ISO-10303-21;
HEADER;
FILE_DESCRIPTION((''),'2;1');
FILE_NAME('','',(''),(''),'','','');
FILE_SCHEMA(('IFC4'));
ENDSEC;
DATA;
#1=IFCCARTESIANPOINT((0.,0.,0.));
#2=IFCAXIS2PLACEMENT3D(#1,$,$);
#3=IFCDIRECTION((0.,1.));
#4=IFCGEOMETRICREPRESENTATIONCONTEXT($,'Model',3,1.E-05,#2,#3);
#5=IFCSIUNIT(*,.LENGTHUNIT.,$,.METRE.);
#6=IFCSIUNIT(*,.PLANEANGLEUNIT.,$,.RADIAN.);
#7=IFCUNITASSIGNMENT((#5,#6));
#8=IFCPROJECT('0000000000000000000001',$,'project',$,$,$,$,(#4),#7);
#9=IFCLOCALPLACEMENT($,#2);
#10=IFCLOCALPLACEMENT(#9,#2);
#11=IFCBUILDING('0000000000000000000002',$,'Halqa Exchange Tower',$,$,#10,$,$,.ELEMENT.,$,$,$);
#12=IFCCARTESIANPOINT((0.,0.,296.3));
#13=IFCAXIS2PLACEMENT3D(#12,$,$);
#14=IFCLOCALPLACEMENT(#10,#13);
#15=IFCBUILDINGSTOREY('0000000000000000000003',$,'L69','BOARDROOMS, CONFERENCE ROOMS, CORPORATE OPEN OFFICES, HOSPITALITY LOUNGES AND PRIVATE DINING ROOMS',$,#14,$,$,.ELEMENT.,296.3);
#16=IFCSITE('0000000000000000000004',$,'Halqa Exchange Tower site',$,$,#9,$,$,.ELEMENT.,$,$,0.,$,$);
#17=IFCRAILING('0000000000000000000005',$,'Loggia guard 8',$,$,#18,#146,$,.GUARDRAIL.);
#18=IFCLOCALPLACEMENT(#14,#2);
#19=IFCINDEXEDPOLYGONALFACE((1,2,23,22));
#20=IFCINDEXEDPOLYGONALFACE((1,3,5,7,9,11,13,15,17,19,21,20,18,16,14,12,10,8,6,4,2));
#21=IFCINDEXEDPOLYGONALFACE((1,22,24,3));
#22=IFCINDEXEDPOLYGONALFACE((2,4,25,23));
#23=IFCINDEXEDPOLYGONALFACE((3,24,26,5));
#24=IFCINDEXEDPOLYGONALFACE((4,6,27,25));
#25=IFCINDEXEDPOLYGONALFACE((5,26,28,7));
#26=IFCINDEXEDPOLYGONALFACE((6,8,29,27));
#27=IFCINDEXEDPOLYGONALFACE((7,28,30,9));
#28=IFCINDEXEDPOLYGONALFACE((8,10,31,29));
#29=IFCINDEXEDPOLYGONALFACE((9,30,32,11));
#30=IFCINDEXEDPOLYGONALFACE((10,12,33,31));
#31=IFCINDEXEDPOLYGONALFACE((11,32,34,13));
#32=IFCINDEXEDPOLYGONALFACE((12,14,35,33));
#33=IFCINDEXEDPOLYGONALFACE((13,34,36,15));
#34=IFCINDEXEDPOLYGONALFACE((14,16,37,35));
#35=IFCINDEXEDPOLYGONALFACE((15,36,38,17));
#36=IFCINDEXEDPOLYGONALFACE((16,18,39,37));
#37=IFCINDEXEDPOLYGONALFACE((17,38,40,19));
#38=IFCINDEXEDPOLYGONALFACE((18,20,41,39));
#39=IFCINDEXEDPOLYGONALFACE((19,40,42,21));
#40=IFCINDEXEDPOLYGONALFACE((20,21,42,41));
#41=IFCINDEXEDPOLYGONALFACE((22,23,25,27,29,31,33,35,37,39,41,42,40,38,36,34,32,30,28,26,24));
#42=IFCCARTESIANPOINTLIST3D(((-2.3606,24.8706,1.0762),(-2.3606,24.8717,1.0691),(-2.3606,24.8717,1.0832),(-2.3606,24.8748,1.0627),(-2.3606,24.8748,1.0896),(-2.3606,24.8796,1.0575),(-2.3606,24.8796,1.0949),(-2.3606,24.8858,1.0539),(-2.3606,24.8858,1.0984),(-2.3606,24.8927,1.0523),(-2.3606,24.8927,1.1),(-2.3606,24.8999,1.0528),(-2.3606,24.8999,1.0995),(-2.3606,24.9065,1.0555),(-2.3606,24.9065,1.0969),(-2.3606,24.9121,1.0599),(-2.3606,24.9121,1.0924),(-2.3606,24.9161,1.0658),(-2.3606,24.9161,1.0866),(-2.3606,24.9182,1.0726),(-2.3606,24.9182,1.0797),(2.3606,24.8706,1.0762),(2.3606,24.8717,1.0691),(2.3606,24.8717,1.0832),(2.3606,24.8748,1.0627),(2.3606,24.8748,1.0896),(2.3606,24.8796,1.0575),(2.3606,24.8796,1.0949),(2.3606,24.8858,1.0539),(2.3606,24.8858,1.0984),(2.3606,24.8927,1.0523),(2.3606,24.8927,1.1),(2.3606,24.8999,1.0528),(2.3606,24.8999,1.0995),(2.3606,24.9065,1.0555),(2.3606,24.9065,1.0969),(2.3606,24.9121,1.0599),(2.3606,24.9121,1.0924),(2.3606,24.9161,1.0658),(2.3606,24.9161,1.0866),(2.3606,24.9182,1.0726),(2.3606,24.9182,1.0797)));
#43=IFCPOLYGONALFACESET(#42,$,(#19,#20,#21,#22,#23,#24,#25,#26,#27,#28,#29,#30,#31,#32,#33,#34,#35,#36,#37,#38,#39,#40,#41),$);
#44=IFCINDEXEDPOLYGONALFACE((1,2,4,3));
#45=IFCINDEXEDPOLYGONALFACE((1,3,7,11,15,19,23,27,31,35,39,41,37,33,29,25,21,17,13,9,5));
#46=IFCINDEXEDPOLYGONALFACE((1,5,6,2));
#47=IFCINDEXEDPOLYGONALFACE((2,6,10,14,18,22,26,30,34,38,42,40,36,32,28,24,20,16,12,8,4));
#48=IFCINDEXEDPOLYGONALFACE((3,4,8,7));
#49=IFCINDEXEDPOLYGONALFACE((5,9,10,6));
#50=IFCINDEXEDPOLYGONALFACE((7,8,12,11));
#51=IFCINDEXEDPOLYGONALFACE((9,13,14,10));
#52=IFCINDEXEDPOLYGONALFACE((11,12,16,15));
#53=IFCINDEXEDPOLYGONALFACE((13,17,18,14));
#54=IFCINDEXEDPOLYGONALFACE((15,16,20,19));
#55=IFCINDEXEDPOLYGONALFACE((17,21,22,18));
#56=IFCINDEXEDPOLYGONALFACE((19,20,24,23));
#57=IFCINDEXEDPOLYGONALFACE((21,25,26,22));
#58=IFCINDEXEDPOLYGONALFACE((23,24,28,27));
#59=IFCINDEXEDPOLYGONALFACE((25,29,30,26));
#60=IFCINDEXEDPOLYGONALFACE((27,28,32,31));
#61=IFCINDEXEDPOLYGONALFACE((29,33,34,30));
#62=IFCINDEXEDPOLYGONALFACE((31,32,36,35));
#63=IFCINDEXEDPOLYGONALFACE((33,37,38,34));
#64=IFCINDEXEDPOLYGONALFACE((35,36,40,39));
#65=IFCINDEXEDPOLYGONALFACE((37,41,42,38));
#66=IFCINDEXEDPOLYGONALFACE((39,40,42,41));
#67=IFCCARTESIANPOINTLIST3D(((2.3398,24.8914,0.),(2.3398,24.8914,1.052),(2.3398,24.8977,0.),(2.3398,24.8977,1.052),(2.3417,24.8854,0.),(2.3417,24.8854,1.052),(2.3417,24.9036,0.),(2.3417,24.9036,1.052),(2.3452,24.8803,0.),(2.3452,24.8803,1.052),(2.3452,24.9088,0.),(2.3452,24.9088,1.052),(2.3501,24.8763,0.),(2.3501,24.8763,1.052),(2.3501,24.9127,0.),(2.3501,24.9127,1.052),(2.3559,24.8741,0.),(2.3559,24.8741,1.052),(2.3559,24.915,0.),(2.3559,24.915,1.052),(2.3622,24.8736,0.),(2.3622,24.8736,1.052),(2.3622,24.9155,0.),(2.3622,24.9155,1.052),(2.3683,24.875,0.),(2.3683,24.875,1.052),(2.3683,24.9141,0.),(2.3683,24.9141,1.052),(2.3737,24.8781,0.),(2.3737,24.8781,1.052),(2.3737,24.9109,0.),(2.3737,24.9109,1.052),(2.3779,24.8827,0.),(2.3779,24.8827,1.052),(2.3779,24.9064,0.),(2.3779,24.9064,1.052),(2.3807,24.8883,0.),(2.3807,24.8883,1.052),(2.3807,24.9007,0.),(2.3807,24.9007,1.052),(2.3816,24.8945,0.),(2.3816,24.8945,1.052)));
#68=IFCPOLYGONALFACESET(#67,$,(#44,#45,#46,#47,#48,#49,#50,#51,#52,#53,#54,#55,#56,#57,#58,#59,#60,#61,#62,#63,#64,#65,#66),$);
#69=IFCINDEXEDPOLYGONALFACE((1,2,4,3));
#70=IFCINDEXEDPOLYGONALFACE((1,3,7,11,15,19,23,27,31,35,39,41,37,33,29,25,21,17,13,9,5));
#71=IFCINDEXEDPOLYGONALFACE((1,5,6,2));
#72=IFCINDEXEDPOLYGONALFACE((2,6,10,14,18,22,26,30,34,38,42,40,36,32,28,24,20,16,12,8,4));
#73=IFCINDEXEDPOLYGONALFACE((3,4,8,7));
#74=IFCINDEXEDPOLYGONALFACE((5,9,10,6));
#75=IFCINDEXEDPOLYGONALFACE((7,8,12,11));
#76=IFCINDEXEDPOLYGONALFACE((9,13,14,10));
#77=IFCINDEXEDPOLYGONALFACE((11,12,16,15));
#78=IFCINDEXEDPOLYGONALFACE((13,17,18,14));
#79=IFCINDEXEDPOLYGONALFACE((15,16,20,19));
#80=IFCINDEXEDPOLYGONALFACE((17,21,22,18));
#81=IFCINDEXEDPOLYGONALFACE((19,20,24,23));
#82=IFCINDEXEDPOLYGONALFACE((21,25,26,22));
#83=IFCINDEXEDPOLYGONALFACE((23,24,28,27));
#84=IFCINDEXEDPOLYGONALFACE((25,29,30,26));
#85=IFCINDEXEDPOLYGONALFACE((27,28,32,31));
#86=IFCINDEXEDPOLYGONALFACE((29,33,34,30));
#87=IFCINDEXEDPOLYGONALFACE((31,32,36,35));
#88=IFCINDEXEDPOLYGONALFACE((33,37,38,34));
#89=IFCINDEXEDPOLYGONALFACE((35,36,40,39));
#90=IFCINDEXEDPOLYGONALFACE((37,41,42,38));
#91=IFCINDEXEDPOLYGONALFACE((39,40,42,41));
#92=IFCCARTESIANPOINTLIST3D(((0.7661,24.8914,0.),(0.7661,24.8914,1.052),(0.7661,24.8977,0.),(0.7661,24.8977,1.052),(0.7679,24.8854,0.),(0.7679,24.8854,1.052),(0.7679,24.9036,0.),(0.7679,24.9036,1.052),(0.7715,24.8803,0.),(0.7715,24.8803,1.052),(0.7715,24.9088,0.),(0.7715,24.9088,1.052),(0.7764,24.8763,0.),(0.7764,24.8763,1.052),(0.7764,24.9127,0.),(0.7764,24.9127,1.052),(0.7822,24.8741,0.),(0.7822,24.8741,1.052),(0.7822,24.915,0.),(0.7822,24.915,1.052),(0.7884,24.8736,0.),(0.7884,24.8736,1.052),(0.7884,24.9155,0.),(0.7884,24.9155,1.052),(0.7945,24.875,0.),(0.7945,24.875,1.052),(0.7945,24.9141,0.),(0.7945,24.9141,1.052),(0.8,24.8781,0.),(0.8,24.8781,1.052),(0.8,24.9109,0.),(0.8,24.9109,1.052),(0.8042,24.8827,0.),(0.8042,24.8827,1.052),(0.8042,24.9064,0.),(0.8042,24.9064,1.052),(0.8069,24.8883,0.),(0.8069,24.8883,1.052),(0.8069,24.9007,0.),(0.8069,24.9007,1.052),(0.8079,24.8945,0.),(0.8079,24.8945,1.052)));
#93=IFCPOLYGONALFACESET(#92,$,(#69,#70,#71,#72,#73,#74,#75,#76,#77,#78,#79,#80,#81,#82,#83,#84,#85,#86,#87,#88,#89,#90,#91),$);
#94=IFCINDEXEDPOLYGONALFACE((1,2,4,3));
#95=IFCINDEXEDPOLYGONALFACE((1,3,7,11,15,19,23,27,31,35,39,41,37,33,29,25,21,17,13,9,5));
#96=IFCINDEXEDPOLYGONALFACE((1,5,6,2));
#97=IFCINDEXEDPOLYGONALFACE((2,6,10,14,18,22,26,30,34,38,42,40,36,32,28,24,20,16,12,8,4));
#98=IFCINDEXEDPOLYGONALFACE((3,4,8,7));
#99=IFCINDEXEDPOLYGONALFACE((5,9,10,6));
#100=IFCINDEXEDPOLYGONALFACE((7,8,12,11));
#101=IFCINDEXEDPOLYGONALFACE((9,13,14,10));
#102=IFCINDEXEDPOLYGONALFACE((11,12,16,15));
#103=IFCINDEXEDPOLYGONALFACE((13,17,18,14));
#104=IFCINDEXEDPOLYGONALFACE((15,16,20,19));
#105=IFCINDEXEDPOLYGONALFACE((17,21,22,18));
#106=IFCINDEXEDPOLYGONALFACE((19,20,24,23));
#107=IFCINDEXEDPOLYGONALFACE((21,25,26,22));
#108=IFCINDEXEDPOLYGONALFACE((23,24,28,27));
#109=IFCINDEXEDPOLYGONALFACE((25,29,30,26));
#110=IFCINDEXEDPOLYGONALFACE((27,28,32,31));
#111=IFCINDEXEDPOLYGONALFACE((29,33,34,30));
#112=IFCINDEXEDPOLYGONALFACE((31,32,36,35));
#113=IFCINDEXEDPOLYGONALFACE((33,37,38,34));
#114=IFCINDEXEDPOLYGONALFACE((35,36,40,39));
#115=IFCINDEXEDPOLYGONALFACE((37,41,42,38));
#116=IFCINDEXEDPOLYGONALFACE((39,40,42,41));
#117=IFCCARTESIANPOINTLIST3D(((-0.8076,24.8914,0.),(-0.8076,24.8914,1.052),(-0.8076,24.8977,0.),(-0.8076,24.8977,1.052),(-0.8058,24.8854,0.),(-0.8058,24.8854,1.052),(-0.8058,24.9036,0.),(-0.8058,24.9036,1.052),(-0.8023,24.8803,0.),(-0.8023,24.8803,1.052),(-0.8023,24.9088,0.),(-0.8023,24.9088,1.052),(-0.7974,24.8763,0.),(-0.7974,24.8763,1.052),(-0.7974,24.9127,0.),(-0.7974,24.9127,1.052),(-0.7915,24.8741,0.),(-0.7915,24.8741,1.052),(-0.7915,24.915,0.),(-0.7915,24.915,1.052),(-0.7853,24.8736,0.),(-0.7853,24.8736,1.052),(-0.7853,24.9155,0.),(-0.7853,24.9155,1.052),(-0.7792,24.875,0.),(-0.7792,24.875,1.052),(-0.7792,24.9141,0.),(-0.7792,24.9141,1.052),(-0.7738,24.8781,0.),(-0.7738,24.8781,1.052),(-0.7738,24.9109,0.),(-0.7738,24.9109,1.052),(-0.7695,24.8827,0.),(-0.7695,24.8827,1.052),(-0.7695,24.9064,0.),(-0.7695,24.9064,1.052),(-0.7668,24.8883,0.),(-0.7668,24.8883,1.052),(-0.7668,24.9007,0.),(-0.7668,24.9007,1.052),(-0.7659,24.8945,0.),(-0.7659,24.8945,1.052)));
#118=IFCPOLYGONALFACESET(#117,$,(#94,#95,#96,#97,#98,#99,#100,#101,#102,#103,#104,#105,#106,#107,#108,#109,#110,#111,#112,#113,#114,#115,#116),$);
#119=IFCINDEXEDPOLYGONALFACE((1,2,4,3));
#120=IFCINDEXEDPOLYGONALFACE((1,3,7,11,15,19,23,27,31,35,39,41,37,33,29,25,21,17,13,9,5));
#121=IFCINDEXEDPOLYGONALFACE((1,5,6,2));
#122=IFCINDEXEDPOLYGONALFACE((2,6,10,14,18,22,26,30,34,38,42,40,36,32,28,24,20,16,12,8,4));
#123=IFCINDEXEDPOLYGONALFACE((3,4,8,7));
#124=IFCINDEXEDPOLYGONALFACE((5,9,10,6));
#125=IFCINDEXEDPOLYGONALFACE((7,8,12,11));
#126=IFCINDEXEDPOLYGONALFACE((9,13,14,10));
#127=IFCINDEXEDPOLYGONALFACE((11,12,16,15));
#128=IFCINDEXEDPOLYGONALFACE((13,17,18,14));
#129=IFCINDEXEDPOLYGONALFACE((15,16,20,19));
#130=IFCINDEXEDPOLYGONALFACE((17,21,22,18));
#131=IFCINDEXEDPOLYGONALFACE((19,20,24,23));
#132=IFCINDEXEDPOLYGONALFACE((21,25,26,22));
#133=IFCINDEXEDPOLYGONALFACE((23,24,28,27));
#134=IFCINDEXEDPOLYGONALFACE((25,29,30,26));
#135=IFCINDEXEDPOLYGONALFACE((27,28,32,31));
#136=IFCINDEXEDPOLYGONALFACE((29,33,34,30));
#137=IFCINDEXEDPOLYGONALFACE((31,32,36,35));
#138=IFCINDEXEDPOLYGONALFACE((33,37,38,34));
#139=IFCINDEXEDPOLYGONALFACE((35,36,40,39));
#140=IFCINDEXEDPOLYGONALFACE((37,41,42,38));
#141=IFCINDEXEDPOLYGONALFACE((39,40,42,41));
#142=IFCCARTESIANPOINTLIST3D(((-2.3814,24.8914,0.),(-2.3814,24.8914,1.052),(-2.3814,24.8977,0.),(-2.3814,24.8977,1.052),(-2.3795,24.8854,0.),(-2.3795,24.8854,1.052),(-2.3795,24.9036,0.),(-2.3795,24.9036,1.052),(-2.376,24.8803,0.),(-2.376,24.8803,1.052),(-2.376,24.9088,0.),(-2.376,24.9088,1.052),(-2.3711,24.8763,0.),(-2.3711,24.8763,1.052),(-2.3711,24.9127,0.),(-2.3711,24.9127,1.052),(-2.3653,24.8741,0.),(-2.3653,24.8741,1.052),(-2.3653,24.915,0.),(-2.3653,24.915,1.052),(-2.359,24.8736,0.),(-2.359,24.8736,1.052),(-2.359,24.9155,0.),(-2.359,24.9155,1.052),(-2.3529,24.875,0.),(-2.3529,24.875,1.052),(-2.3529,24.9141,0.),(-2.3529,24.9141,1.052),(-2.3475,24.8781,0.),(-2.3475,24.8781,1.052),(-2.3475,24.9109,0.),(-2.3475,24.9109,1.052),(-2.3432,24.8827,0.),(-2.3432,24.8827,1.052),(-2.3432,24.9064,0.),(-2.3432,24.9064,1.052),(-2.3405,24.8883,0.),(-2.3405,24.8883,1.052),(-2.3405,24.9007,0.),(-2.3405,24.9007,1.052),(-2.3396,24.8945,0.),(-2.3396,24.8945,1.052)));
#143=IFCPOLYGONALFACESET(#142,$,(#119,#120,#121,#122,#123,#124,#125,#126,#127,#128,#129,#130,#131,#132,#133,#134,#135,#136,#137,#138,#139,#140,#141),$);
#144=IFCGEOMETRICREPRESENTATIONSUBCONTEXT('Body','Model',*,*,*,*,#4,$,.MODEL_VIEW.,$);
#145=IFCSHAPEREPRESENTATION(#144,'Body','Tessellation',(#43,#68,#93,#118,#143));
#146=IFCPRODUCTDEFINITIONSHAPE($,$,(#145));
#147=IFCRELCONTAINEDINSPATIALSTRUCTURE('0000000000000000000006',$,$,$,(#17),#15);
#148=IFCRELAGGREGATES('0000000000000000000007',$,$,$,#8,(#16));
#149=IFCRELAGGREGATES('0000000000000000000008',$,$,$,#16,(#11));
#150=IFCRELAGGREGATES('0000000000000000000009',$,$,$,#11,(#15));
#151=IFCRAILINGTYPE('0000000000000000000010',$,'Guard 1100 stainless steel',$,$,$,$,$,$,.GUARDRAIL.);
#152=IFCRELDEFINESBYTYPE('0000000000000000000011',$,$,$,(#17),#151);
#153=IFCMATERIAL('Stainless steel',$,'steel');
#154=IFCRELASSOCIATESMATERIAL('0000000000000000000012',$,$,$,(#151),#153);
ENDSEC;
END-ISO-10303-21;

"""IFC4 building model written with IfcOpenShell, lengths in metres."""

from ifc_helpers import new_model, si_unit, direction, frame, origin, origin_2d, place, context, subcontext, project, spatial, circle, extrude, material, type_object, element, save


model = new_model("IFC4")

# Units and contexts
model_context = context("Model", 3, precision=1e-05, world=origin(), true_north=direction((0.0, 1.0)))
body_context = subcontext(model_context, "Body", "Model", "MODEL_VIEW")
ifc_project = project(units=[si_unit("LENGTHUNIT", "METRE"), si_unit("PLANEANGLEUNIT", "RADIAN")], contexts=[model_context])

# Site, building, storey
site_placement = place(None, origin())
site = spatial("IfcSite", under=ifc_project, at=site_placement, Name="Halqa Exchange Tower site", CompositionType="ELEMENT", RefElevation=0.0)
building_placement = place(site_placement, origin())
building = spatial("IfcBuilding", under=site, at=building_placement, Name="Halqa Exchange Tower", CompositionType="ELEMENT")
storey_placement = place(building_placement, frame((0.0, 0.0, 296.3)))
storey = spatial("IfcBuildingStorey", under=building, at=storey_placement, Name="L69", Description="BOARDROOMS, CONFERENCE ROOMS, CORPORATE OPEN OFFICES, HOSPITALITY LOUNGES AND PRIVATE DINING ROOMS", CompositionType="ELEMENT", Elevation=296.3)

# Railing
ifc_material_1 = material(Name="Stainless steel", Category="steel")
railing_type_1 = type_object("IfcRailingType", Name="Guard 1100 stainless steel", PredefinedType="GUARDRAIL", material=ifc_material_1)
railing_1_placement = place(storey_placement, frame((2.3606, 24.8945, 0.0)))
element("IfcRailing", 1, at=railing_1_placement, inside=storey, type_object=railing_type_1, Name="Loggia guard 8", PredefinedType="GUARDRAIL", context=body_context, shape_type="SweptSolid", body=[
    extrude(circle(Radius=0.0239, at=origin_2d()), frame((0.0, 0.0, 1.0762), z_axis=(-1.0, 0.0, 0.0), x_axis=(0.0, -1.0, 0.0)), (0.0, 0.0, 1.0), 4.7212),
    extrude(circle(Radius=0.021, at=origin_2d()), origin(), (0.0, 0.0, 1.0), 1.052),
    extrude(circle(Radius=0.021, at=origin_2d()), frame((-1.5737, 0.0, 0.0)), (0.0, 0.0, 1.0), 1.052),
    extrude(circle(Radius=0.021, at=origin_2d()), frame((-3.1475, 0.0, 0.0)), (0.0, 0.0, 1.0), 1.052),
    extrude(circle(Radius=0.021, at=origin_2d()), frame((-4.7212, 0.0, 0.0)), (0.0, 0.0, 1.0), 1.052),
])

save(model, "model.ifc")
